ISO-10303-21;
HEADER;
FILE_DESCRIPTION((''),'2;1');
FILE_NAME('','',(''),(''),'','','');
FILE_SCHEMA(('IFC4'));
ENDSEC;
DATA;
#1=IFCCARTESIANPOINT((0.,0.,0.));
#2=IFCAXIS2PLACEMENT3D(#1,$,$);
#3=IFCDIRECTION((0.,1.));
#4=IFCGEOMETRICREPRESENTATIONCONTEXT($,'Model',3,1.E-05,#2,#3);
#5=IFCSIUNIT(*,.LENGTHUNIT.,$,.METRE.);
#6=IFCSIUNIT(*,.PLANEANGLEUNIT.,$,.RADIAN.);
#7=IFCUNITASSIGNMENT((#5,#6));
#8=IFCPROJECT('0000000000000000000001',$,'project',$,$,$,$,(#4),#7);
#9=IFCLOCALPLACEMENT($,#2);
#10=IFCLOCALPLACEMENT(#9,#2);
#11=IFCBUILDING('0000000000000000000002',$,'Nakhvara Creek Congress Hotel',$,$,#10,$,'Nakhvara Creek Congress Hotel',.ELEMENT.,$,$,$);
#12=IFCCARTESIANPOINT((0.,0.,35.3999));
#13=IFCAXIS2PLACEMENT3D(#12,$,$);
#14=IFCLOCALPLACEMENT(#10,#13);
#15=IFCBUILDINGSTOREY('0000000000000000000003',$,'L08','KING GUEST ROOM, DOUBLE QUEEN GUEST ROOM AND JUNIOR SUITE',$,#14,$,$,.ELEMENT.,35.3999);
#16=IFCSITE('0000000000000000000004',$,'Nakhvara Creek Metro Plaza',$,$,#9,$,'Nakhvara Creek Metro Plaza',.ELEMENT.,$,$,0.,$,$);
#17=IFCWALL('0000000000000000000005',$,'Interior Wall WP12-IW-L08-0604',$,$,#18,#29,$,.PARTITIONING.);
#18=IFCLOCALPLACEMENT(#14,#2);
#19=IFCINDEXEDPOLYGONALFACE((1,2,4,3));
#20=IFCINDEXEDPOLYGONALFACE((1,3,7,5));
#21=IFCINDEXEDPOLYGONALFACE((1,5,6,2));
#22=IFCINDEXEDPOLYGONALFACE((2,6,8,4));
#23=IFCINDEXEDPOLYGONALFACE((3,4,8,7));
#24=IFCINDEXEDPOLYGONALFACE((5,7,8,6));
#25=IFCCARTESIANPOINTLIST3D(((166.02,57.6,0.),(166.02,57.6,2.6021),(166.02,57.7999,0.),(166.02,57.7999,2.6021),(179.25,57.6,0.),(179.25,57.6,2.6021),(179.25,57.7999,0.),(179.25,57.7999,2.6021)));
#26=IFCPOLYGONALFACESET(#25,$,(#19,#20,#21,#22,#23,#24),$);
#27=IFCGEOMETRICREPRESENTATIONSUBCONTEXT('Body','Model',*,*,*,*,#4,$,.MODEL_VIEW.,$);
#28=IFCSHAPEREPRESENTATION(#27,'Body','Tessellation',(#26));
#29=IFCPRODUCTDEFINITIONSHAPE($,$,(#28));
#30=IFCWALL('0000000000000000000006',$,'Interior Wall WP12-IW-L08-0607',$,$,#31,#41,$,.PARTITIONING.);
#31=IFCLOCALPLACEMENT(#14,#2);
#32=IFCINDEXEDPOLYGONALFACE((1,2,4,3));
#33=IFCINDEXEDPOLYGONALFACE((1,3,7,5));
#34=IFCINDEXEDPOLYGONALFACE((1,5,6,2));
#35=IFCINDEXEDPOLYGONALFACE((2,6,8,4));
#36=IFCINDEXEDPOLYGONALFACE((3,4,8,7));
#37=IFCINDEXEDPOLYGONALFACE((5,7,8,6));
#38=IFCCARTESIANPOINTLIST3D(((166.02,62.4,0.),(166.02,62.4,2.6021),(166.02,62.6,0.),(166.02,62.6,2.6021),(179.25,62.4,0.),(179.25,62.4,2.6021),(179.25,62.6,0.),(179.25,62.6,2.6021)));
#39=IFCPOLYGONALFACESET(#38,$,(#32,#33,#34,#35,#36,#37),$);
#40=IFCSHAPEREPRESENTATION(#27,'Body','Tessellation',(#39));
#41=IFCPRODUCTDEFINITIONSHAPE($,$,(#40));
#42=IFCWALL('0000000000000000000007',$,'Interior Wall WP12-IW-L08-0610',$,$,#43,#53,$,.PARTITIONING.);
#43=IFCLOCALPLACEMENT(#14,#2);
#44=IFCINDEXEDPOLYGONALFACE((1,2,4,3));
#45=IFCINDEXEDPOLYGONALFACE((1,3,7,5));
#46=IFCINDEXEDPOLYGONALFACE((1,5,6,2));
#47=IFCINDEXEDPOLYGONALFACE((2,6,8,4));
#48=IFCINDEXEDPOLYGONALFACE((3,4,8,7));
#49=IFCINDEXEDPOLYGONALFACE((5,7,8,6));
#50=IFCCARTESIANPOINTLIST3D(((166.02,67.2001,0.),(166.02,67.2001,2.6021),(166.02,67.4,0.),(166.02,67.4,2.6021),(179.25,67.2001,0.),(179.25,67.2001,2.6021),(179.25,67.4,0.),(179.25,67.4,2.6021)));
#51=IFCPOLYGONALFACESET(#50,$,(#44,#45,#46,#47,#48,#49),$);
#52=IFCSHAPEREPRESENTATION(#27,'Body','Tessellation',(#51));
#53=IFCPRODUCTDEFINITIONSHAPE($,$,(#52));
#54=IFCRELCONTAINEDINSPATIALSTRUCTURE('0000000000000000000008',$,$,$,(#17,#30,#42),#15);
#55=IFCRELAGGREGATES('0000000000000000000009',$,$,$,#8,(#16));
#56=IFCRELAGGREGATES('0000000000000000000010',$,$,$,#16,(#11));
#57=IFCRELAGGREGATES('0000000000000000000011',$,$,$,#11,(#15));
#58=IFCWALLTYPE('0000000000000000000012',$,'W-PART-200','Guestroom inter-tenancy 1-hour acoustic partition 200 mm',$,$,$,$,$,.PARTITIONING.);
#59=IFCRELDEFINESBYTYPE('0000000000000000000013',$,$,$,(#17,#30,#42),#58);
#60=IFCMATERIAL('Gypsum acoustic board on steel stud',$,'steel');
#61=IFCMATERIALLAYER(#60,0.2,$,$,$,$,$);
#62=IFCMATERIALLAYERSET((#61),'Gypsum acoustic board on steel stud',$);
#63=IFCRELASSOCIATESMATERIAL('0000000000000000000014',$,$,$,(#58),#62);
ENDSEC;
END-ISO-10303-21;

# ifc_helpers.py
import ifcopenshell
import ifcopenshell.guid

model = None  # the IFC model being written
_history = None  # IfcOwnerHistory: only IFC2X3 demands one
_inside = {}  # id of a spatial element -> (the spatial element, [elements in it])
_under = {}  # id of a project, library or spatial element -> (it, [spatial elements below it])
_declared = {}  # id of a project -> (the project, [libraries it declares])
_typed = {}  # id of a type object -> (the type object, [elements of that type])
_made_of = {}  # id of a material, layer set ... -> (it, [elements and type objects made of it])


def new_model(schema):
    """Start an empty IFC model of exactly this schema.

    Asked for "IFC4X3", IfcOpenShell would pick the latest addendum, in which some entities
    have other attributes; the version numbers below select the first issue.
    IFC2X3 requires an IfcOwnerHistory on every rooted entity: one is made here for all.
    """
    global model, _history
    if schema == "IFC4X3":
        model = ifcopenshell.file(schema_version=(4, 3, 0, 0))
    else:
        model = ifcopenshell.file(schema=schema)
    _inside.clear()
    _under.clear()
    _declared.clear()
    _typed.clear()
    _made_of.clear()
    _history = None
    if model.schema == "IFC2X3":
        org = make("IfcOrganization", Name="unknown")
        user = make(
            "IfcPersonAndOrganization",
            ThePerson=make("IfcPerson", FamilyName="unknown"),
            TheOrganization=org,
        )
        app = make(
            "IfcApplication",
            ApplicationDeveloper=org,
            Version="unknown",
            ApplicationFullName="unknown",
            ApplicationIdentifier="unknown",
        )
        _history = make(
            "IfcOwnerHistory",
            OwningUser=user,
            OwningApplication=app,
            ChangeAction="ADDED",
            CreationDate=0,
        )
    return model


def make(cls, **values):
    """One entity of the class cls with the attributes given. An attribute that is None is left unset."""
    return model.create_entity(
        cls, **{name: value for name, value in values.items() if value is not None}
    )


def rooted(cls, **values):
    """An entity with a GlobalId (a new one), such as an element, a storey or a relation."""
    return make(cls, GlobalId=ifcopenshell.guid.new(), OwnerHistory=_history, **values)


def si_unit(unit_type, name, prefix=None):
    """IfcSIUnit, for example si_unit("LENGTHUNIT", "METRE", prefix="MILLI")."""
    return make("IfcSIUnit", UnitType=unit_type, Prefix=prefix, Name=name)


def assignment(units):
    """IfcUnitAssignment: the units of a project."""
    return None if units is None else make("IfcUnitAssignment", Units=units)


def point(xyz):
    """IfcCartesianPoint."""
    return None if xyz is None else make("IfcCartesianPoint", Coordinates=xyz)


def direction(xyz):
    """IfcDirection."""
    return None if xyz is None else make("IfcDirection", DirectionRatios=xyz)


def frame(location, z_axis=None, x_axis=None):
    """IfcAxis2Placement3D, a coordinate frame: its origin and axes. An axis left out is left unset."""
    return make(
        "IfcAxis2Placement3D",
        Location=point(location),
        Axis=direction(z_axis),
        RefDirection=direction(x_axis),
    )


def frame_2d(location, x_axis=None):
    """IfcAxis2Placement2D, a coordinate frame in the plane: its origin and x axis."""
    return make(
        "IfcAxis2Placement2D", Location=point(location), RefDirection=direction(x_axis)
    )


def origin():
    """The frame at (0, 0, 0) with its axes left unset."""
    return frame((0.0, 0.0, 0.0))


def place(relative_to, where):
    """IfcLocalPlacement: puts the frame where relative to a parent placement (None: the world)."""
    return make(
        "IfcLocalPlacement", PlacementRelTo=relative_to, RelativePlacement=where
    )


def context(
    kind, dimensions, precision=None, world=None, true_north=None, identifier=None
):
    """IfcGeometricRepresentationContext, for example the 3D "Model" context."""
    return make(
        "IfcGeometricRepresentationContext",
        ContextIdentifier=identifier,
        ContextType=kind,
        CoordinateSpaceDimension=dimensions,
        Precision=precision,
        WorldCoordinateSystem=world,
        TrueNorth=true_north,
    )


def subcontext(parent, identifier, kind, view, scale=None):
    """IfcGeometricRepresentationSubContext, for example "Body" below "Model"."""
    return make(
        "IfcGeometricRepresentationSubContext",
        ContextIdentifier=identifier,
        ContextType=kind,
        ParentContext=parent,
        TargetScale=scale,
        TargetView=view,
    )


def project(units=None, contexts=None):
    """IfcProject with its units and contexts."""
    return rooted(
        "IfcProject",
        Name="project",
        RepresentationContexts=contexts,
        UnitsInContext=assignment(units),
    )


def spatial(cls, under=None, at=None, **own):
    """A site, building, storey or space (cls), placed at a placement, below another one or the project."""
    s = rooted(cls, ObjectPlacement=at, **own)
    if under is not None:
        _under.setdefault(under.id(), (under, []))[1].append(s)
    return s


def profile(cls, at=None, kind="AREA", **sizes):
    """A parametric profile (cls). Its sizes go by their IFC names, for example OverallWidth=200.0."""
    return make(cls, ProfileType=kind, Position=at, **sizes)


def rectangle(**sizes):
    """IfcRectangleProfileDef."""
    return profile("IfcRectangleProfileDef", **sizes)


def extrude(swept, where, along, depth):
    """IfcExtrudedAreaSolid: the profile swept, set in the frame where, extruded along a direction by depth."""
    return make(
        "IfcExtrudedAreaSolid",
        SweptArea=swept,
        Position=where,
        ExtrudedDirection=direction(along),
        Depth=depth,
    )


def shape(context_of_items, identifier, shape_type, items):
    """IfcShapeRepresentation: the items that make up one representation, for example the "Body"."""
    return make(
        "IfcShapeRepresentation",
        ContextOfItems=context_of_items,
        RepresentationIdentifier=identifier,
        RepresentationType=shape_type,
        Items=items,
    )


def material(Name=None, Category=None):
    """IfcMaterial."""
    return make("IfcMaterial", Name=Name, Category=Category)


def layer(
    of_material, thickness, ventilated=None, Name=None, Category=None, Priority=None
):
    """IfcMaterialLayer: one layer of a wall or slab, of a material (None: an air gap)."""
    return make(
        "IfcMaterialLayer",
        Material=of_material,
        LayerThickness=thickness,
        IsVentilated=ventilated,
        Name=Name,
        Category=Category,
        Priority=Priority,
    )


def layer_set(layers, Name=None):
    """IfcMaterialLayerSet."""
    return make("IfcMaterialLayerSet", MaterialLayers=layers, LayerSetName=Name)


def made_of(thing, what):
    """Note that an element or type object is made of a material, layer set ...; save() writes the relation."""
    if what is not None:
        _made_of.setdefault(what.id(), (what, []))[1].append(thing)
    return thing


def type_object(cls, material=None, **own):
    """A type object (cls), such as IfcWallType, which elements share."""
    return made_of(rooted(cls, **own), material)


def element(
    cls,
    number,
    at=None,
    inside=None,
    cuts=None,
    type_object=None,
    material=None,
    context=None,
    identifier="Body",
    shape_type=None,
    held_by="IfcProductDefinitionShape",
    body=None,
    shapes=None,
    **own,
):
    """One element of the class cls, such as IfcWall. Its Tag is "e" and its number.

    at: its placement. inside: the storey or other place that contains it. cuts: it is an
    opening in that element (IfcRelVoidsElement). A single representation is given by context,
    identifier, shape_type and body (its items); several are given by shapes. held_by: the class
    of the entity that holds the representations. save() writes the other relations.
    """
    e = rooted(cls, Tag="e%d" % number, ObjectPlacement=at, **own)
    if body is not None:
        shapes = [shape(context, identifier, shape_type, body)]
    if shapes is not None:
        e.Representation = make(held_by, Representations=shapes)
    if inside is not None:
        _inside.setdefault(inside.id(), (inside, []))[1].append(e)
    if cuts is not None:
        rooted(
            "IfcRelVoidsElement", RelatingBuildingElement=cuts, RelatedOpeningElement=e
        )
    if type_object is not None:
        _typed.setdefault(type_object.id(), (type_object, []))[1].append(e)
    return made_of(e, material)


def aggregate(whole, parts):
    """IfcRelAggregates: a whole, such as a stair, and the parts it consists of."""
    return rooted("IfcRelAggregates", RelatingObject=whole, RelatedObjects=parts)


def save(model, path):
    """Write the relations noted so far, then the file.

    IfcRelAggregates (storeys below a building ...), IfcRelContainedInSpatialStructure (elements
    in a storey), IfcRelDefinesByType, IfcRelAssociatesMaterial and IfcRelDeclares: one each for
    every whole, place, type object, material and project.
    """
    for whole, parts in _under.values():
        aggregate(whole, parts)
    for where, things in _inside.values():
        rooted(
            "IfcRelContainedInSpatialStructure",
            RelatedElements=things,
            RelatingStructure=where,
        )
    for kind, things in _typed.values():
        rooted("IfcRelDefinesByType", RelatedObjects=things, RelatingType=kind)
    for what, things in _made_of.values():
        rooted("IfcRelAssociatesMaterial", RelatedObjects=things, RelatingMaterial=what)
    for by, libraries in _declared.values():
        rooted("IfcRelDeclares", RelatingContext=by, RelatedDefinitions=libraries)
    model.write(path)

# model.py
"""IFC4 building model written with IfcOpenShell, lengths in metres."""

from ifc_helpers import new_model, si_unit, direction, frame, frame_2d, origin, place, context, subcontext, project, spatial, rectangle, extrude, material, layer, layer_set, type_object, element, save


model = new_model("IFC4")

# Units and contexts
model_context = context("Model", 3, precision=1e-05, world=origin(), true_north=direction((0.0, 1.0)))
body_context = subcontext(model_context, "Body", "Model", "MODEL_VIEW")
ifc_project = project(units=[si_unit("LENGTHUNIT", "METRE"), si_unit("PLANEANGLEUNIT", "RADIAN")], contexts=[model_context])

# Site, building, storey
site_placement = place(None, origin())
site = spatial("IfcSite", under=ifc_project, at=site_placement, Name="Nakhvara Creek Metro Plaza", LongName="Nakhvara Creek Metro Plaza", CompositionType="ELEMENT", RefElevation=0.0)
building_placement = place(site_placement, origin())
building = spatial("IfcBuilding", under=site, at=building_placement, Name="Nakhvara Creek Congress Hotel", LongName="Nakhvara Creek Congress Hotel", CompositionType="ELEMENT")
storey_placement = place(building_placement, frame((0.0, 0.0, 35.3999)))
storey = spatial("IfcBuildingStorey", under=building, at=storey_placement, Name="L08", Description="KING GUEST ROOM, DOUBLE QUEEN GUEST ROOM AND JUNIOR SUITE", CompositionType="ELEMENT", Elevation=35.3999)

# Walls
ifc_material_1 = material(Name="Gypsum acoustic board on steel stud", Category="steel")
ifc_layer_1 = layer(ifc_material_1, 0.2)
ifc_layer_set_1 = layer_set([ifc_layer_1], Name="Gypsum acoustic board on steel stud")
wall_type_1 = type_object("IfcWallType", Name="W-PART-200", Description="Guestroom inter-tenancy 1-hour acoustic partition 200 mm", PredefinedType="PARTITIONING", material=ifc_layer_set_1)
for number, where, z_axis, x_axis, name in (
    (1, (166.02, 57.7, 0.0), (0.0, 0.0, 1.0), (1.0, 0.0, 0.0), "Interior Wall WP12-IW-L08-0604"),
    (2, (166.02, 62.5, 0.0), (0.0, 0.0, 1.0), (1.0, 0.0, 0.0), "Interior Wall WP12-IW-L08-0607"),
    (3, (166.02, 67.3, 0.0), (0.0, 0.0, 1.0), (1.0, 0.0, 0.0), "Interior Wall WP12-IW-L08-0610"),
):
    element("IfcWall", number, at=place(storey_placement, frame(where, z_axis=z_axis, x_axis=x_axis)), inside=storey, type_object=wall_type_1, Name=name, PredefinedType="PARTITIONING", context=body_context, shape_type="SweptSolid", body=[
        extrude(rectangle(XDim=13.23, YDim=0.2, at=frame_2d((6.615, 0.0))), origin(), (0.0, 0.0, 1.0), 2.6021),
    ])

save(model, "model.ifc")
